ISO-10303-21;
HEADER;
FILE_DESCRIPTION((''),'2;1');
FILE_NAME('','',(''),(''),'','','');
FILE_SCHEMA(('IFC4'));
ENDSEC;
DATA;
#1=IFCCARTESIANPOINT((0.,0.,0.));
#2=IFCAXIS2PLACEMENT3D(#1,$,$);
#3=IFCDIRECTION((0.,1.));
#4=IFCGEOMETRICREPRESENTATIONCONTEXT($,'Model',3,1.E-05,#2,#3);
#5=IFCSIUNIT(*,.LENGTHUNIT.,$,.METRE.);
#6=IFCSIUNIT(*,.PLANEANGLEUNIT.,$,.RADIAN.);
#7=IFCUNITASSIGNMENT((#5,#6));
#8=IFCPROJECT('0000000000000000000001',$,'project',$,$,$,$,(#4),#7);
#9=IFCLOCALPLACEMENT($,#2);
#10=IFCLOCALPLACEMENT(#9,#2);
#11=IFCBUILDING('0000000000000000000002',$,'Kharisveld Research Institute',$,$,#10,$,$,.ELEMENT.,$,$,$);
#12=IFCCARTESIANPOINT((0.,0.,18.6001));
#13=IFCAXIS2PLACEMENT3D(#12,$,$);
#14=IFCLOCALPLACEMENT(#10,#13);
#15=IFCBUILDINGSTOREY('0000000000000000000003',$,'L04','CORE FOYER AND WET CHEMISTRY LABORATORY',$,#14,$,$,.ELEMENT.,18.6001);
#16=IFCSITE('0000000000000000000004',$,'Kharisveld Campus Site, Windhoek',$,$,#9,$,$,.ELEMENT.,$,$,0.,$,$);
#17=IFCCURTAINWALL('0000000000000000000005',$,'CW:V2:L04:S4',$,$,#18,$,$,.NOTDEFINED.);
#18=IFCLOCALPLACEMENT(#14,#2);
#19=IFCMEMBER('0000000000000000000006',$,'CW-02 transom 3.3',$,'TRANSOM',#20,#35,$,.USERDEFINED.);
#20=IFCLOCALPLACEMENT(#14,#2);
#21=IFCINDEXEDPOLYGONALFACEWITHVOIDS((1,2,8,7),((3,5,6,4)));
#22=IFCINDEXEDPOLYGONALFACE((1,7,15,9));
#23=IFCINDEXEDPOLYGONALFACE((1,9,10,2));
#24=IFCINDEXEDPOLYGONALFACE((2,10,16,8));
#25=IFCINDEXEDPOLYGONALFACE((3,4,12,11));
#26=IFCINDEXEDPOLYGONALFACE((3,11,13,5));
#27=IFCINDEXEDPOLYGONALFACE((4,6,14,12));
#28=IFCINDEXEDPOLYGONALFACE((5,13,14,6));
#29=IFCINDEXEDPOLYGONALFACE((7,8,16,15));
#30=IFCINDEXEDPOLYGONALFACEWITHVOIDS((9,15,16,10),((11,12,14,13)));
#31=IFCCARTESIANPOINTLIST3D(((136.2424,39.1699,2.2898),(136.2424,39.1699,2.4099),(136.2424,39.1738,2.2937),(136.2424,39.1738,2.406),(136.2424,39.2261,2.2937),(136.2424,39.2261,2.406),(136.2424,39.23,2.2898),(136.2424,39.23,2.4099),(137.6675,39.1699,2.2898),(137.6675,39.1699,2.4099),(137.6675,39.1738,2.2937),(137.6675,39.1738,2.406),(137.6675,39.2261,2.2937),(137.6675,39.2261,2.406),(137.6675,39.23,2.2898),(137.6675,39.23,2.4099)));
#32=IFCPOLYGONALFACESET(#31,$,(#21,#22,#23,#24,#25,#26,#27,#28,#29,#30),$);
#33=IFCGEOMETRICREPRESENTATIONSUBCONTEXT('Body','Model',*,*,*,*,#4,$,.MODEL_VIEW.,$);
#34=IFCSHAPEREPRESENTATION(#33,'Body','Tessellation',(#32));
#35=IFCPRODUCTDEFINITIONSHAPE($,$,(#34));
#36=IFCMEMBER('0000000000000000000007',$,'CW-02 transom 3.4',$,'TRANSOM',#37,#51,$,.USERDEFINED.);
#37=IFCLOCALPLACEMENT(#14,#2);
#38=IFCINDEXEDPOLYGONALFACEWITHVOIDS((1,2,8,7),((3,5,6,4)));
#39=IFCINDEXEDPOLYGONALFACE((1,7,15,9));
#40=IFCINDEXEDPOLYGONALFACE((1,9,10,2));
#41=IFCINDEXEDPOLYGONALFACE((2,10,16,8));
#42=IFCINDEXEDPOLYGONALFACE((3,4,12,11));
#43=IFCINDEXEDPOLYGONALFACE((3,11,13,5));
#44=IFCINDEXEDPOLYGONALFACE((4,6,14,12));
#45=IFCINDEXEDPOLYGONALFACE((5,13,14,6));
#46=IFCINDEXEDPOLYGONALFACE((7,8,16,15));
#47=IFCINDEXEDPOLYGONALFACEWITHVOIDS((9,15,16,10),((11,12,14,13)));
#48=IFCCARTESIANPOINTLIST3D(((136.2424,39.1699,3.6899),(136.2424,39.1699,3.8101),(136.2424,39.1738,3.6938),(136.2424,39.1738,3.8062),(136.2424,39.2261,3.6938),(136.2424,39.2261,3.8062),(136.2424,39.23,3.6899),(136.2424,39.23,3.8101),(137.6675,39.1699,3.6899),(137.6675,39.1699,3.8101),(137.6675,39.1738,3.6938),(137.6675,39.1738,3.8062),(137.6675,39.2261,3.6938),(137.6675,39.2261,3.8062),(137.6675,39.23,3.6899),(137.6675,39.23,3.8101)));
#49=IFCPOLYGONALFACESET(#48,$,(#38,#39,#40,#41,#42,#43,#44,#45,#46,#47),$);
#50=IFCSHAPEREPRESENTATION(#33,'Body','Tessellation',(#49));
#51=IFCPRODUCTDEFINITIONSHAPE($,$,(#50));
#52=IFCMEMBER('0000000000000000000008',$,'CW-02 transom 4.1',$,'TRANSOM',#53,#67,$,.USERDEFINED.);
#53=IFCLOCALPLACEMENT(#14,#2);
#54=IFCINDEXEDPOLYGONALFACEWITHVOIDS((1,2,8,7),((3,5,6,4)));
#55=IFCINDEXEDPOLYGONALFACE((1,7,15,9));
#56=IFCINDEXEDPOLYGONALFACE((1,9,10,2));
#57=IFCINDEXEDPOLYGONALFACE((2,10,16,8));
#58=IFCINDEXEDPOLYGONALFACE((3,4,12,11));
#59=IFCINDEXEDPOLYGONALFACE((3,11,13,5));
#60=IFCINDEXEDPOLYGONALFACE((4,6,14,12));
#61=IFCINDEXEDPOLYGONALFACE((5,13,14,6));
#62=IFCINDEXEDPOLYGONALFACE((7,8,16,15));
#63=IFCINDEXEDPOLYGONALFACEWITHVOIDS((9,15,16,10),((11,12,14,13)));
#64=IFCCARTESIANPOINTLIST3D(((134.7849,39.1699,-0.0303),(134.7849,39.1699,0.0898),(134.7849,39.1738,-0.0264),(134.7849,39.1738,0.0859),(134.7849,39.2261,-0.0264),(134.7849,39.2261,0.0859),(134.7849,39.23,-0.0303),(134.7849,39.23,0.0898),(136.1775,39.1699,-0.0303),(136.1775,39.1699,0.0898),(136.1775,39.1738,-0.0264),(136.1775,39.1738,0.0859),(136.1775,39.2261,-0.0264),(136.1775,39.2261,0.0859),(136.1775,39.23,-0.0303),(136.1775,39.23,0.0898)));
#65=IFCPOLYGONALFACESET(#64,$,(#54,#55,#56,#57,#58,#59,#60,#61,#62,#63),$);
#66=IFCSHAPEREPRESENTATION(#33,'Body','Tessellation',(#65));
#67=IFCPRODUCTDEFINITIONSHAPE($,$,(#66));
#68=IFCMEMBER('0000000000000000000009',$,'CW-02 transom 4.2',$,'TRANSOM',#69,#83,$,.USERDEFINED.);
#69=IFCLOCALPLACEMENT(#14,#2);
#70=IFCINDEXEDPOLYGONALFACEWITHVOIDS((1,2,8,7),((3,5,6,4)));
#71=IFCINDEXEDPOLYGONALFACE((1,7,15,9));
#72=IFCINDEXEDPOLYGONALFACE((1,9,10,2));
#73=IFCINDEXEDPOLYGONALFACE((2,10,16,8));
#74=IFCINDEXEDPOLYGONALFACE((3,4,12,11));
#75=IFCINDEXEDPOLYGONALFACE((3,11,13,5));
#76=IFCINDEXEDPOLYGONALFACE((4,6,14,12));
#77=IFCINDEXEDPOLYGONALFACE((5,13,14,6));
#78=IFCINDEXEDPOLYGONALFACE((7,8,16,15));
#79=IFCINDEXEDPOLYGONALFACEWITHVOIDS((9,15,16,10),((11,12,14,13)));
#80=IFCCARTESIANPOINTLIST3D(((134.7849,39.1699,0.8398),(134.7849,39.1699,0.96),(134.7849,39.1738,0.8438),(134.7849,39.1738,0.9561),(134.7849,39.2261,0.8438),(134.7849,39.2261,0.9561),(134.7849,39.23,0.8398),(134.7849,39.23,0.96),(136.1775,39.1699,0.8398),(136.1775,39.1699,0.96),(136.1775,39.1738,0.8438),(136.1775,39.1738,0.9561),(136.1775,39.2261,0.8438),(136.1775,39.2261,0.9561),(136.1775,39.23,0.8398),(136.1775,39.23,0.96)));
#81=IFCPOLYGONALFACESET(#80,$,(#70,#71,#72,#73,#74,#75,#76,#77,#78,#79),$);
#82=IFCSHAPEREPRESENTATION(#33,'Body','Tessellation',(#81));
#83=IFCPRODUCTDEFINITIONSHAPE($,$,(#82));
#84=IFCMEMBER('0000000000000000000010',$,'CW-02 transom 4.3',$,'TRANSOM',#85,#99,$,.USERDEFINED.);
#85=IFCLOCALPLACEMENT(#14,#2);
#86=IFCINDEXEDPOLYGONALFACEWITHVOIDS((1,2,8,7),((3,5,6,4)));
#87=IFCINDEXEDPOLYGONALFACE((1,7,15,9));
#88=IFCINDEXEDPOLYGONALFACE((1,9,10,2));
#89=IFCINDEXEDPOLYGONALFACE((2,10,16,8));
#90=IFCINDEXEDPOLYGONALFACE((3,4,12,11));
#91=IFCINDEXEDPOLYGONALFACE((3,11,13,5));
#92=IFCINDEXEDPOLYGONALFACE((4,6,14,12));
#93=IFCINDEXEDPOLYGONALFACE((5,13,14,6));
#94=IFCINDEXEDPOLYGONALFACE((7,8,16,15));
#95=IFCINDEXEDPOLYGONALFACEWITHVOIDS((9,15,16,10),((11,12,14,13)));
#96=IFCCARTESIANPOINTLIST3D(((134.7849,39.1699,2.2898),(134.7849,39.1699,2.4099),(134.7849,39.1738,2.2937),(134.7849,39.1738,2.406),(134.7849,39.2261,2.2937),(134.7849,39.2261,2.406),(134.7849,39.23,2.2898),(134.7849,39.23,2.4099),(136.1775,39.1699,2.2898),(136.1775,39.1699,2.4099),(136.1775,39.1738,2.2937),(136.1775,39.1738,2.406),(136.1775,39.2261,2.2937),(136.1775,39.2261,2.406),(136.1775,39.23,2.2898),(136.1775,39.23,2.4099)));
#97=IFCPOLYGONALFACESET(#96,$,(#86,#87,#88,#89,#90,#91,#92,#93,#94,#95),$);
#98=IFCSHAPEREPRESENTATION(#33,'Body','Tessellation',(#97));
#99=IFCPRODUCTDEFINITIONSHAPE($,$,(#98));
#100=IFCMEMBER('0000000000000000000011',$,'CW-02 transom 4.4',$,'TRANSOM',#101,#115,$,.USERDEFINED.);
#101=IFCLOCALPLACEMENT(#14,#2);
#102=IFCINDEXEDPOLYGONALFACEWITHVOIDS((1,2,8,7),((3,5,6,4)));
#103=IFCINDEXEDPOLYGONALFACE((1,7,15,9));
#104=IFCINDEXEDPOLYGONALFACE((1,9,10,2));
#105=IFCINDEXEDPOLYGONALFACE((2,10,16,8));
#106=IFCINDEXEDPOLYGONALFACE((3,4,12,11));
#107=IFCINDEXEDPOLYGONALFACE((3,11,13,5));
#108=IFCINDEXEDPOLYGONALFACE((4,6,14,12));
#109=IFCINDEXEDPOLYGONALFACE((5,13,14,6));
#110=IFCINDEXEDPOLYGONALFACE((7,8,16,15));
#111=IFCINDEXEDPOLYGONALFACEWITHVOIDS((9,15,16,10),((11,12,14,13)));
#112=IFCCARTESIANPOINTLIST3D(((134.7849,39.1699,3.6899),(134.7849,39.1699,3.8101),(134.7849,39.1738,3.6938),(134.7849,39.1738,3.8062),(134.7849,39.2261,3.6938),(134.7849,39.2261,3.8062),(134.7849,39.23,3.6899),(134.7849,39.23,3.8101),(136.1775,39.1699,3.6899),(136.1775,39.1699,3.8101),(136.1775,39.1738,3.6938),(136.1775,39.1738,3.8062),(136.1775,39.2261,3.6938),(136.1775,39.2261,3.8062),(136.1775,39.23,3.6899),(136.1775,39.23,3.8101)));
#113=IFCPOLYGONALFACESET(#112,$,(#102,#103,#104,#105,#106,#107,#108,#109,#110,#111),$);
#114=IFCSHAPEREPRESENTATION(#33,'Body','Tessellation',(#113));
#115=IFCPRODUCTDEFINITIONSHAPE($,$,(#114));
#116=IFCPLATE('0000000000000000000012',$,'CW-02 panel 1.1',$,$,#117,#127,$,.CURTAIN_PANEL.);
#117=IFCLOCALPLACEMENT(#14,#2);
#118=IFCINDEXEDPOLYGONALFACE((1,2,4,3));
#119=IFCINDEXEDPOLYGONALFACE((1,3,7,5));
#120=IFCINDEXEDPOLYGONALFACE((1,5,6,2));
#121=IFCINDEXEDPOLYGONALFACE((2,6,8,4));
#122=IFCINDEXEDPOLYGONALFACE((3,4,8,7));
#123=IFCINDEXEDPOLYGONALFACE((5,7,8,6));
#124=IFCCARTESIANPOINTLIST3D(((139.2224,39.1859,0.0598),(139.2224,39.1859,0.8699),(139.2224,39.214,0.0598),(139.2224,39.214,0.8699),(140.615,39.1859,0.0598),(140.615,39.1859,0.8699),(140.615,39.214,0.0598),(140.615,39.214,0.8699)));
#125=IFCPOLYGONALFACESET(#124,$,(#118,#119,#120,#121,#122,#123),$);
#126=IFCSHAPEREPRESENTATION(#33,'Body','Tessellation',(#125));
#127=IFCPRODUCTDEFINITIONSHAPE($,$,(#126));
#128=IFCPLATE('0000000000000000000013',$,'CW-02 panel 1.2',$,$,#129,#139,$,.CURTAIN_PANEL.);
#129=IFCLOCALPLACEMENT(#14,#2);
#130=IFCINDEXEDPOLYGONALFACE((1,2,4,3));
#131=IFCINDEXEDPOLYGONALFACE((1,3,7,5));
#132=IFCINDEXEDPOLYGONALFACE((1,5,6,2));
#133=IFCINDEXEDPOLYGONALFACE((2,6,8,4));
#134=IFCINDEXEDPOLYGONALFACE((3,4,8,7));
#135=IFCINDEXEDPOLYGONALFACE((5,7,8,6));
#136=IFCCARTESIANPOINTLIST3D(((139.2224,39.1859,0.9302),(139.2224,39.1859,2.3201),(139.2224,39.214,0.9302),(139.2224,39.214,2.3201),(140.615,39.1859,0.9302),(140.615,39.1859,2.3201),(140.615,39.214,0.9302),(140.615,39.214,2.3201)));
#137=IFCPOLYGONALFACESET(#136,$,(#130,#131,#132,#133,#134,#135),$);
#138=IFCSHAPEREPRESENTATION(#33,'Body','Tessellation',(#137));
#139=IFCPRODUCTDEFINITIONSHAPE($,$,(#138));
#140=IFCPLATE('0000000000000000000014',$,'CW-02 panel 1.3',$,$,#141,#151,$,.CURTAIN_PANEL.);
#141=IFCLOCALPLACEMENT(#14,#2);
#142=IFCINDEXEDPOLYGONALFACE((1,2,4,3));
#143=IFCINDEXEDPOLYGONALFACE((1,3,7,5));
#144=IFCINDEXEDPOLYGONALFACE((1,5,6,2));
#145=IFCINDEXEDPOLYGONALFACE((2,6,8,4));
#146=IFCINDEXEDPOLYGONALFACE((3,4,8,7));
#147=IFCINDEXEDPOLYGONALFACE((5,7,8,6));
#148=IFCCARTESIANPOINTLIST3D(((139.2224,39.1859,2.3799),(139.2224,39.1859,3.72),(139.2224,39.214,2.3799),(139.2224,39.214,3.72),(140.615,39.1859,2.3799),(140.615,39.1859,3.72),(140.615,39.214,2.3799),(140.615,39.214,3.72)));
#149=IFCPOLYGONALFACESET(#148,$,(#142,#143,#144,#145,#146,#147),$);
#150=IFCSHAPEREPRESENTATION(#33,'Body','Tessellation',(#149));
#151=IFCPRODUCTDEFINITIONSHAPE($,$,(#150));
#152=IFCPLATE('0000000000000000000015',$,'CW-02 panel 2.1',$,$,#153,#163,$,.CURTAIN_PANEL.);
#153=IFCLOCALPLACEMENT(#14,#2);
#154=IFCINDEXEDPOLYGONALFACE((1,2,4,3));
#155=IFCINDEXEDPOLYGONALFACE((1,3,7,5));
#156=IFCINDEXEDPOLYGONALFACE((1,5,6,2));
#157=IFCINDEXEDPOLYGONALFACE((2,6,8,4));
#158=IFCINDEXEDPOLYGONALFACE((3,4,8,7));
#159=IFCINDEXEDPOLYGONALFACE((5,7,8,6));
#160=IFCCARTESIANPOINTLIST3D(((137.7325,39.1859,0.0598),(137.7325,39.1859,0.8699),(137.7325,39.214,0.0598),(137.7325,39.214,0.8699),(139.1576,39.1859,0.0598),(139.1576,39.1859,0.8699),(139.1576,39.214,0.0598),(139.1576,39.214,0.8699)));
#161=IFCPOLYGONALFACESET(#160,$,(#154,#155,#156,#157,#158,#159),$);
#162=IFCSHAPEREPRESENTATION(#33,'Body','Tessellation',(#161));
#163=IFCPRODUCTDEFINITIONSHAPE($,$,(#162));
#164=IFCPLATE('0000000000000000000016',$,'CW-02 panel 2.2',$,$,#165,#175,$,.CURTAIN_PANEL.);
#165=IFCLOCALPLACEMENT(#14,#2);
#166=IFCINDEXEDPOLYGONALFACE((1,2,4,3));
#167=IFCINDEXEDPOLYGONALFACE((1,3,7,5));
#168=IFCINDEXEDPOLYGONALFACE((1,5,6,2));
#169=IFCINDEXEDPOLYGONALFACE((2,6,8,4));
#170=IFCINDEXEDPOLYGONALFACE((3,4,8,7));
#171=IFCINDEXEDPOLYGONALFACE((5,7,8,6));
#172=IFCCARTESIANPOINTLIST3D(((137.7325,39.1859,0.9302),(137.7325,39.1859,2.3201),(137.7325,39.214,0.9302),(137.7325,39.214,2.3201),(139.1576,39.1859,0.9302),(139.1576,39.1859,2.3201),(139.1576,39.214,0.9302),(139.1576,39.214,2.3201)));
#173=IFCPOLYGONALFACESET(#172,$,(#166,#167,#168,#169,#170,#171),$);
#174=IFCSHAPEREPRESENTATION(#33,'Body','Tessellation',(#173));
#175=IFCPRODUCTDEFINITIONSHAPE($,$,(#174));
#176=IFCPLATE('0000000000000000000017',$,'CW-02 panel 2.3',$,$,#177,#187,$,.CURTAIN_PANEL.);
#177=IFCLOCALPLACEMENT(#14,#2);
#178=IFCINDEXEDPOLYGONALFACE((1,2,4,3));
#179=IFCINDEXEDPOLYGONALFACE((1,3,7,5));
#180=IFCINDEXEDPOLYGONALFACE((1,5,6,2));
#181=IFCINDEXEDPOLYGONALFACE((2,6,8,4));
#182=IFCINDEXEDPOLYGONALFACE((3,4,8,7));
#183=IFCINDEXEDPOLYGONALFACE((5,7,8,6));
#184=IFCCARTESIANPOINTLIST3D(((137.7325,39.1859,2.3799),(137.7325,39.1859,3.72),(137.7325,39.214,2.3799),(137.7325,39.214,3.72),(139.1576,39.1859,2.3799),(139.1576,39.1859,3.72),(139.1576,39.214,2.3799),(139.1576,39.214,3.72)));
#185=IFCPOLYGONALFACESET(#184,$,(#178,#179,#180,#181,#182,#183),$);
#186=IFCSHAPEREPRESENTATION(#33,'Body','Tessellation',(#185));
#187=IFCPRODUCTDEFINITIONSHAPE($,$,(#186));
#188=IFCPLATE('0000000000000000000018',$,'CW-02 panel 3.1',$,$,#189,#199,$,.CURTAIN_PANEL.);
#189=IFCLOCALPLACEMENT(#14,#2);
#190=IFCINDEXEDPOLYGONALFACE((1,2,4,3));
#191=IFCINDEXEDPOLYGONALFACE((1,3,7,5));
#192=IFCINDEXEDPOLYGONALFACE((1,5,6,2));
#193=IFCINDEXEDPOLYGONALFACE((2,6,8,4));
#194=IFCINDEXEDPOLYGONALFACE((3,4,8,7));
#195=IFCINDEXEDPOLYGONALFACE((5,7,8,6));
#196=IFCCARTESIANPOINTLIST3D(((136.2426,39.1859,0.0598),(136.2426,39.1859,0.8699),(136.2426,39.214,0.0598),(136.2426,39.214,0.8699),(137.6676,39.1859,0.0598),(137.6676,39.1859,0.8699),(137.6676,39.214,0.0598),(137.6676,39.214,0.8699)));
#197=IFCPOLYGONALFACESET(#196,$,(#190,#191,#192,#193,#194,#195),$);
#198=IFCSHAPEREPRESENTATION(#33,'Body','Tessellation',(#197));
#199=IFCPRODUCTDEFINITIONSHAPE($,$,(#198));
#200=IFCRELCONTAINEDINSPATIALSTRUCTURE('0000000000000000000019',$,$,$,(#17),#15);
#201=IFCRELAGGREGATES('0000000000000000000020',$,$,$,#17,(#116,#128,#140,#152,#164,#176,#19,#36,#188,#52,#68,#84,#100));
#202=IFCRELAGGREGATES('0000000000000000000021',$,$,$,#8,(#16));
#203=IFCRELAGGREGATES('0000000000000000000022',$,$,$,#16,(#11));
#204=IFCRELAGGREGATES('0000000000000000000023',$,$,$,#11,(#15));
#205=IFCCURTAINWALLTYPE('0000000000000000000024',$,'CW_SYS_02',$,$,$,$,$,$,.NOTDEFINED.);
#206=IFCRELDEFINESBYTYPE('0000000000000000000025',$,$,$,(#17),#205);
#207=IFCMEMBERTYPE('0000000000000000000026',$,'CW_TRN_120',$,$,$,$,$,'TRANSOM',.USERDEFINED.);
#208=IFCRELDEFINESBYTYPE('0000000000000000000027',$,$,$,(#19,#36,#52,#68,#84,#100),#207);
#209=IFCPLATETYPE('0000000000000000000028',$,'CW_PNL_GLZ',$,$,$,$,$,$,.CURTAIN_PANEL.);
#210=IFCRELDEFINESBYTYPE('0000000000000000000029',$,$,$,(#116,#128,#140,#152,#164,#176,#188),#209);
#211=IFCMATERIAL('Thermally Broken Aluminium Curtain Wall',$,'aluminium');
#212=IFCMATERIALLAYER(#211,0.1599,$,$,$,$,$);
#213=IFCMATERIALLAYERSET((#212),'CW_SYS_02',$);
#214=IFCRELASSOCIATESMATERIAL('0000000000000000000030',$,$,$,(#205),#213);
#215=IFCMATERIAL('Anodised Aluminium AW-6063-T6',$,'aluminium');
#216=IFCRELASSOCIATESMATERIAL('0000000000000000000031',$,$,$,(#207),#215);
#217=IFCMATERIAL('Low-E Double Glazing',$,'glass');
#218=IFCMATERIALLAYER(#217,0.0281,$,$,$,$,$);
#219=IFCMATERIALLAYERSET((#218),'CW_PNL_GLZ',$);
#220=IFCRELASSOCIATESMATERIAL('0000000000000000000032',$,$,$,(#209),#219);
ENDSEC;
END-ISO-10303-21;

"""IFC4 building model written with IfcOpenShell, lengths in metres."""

from ifc_helpers import new_model, si_unit, direction, frame, origin, origin_2d, place, context, subcontext, project, spatial, rectangle, hollow_rectangle, extrude, material, layer, layer_set, material_profile, profile_set, type_object, element, aggregate, save


model = new_model("IFC4")

# Units and contexts
model_context = context("Model", 3, precision=1e-05, world=origin(), true_north=direction((0.0, 1.0)))
body_context = subcontext(model_context, "Body", "Model", "MODEL_VIEW")
ifc_project = project(units=[si_unit("LENGTHUNIT", "METRE"), si_unit("PLANEANGLEUNIT", "RADIAN")], contexts=[model_context])

# Site, building, storey
site_placement = place(None, origin())
site = spatial("IfcSite", under=ifc_project, at=site_placement, Name="Kharisveld Campus Site, Windhoek", CompositionType="ELEMENT", RefElevation=0.0)
building_placement = place(site_placement, origin())
building = spatial("IfcBuilding", under=site, at=building_placement, Name="Kharisveld Research Institute", CompositionType="ELEMENT")
storey_placement = place(building_placement, frame((0.0, 0.0, 18.6001)))
storey = spatial("IfcBuildingStorey", under=building, at=storey_placement, Name="L04", Description="CORE FOYER AND WET CHEMISTRY LABORATORY", CompositionType="ELEMENT", Elevation=18.6001)

# Curtain wall, members, plates
ifc_material_1 = material(Name="Thermally Broken Aluminium Curtain Wall", Category="aluminium")
ifc_layer_1 = layer(ifc_material_1, 0.1599)
ifc_layer_set_1 = layer_set([ifc_layer_1], Name="CW_SYS_02")
curtain_wall_type = type_object("IfcCurtainWallType", Name="CW_SYS_02", PredefinedType="NOTDEFINED", material=ifc_layer_set_1)
curtain_wall_placement = place(storey_placement, origin())
curtain_wall = element("IfcCurtainWall", 1, at=curtain_wall_placement, inside=storey, type_object=curtain_wall_type, Name="CW:V2:L04:S4", PredefinedType="NOTDEFINED")
ifc_material_2 = material(Name="Anodised Aluminium AW-6063-T6", Category="aluminium")
ifc_material_profile_1 = material_profile(ifc_material_2, hollow_rectangle(XDim=0.0601, YDim=0.1201, WallThickness=0.0039, at=origin_2d()))
ifc_profile_set_1 = profile_set([ifc_material_profile_1], Name="Anodised Aluminium AW-6063-T6")
member_type_1 = type_object("IfcMemberType", Name="CW_TRN_120", ElementType="TRANSOM", PredefinedType="USERDEFINED", material=ifc_profile_set_1)
member_1_placement = place(storey_placement, frame((137.6675, 39.2, 2.3499), z_axis=(-1.0, 0.0, 0.0), x_axis=(0.0, -1.0, 0.0)))
member_1 = element("IfcMember", 2, at=member_1_placement, type_object=member_type_1, Name="CW-02 transom 3.3", ObjectType="TRANSOM", PredefinedType="USERDEFINED", context=body_context, shape_type="SweptSolid", body=[
    extrude(hollow_rectangle(XDim=0.0601, YDim=0.1201, WallThickness=0.0039, at=origin_2d()), origin(), (0.0, 0.0, 1.0), 1.425),
])
member_2_placement = place(storey_placement, frame((137.6675, 39.2, 3.75), z_axis=(-1.0, 0.0, 0.0), x_axis=(0.0, -1.0, 0.0)))
member_2 = element("IfcMember", 3, at=member_2_placement, type_object=member_type_1, Name="CW-02 transom 3.4", ObjectType="TRANSOM", PredefinedType="USERDEFINED", context=body_context, shape_type="SweptSolid", body=[
    extrude(hollow_rectangle(XDim=0.0601, YDim=0.1201, WallThickness=0.0039, at=origin_2d()), origin(), (0.0, 0.0, 1.0), 1.425),
])
member_3_placement = place(storey_placement, frame((136.1775, 39.2, 0.0298), z_axis=(-1.0, 0.0, 0.0), x_axis=(0.0, -1.0, 0.0)))
member_3 = element("IfcMember", 4, at=member_3_placement, type_object=member_type_1, Name="CW-02 transom 4.1", ObjectType="TRANSOM", PredefinedType="USERDEFINED", context=body_context, shape_type="SweptSolid", body=[
    extrude(hollow_rectangle(XDim=0.0601, YDim=0.1201, WallThickness=0.0039, at=origin_2d()), origin(), (0.0, 0.0, 1.0), 1.3926),
])
member_4_placement = place(storey_placement, frame((136.1775, 39.2, 0.8999), z_axis=(-1.0, 0.0, 0.0), x_axis=(0.0, -1.0, 0.0)))
member_4 = element("IfcMember", 5, at=member_4_placement, type_object=member_type_1, Name="CW-02 transom 4.2", ObjectType="TRANSOM", PredefinedType="USERDEFINED", context=body_context, shape_type="SweptSolid", body=[
    extrude(hollow_rectangle(XDim=0.0601, YDim=0.1201, WallThickness=0.0039, at=origin_2d()), origin(), (0.0, 0.0, 1.0), 1.3926),
])
member_5_placement = place(storey_placement, frame((136.1775, 39.2, 2.3499), z_axis=(-1.0, 0.0, 0.0), x_axis=(0.0, -1.0, 0.0)))
member_5 = element("IfcMember", 6, at=member_5_placement, type_object=member_type_1, Name="CW-02 transom 4.3", ObjectType="TRANSOM", PredefinedType="USERDEFINED", context=body_context, shape_type="SweptSolid", body=[
    extrude(hollow_rectangle(XDim=0.0601, YDim=0.1201, WallThickness=0.0039, at=origin_2d()), origin(), (0.0, 0.0, 1.0), 1.3926),
])
member_6_placement = place(storey_placement, frame((136.1775, 39.2, 3.75), z_axis=(-1.0, 0.0, 0.0), x_axis=(0.0, -1.0, 0.0)))
member_6 = element("IfcMember", 7, at=member_6_placement, type_object=member_type_1, Name="CW-02 transom 4.4", ObjectType="TRANSOM", PredefinedType="USERDEFINED", context=body_context, shape_type="SweptSolid", body=[
    extrude(hollow_rectangle(XDim=0.0601, YDim=0.1201, WallThickness=0.0039, at=origin_2d()), origin(), (0.0, 0.0, 1.0), 1.3926),
])
ifc_material_3 = material(Name="Low-E Double Glazing", Category="glass")
ifc_layer_2 = layer(ifc_material_3, 0.0281)
ifc_layer_set_2 = layer_set([ifc_layer_2], Name="CW_PNL_GLZ")
plate_type = type_object("IfcPlateType", Name="CW_PNL_GLZ", PredefinedType="CURTAIN_PANEL", material=ifc_layer_set_2)
plate_1_placement = place(storey_placement, frame((139.9187, 39.2, 0.0598), z_axis=(0.0, 0.0, 1.0), x_axis=(-1.0, 0.0, 0.0)))
plate_1 = element("IfcPlate", 8, at=plate_1_placement, type_object=plate_type, Name="CW-02 panel 1.1", PredefinedType="CURTAIN_PANEL", context=body_context, shape_type="SweptSolid", body=[
    extrude(rectangle(XDim=1.3926, YDim=0.0281, at=origin_2d()), origin(), (0.0, 0.0, 1.0), 0.8101),
])
plate_2_placement = place(storey_placement, frame((139.9187, 39.2, 0.9302), z_axis=(0.0, 0.0, 1.0), x_axis=(-1.0, 0.0, 0.0)))
plate_2 = element("IfcPlate", 9, at=plate_2_placement, type_object=plate_type, Name="CW-02 panel 1.2", PredefinedType="CURTAIN_PANEL", context=body_context, shape_type="SweptSolid", body=[
    extrude(rectangle(XDim=1.3926, YDim=0.0281, at=origin_2d()), origin(), (0.0, 0.0, 1.0), 1.3899),
])
plate_3_placement = place(storey_placement, frame((139.9187, 39.2, 2.3799), z_axis=(0.0, 0.0, 1.0), x_axis=(-1.0, 0.0, 0.0)))
plate_3 = element("IfcPlate", 10, at=plate_3_placement, type_object=plate_type, Name="CW-02 panel 1.3", PredefinedType="CURTAIN_PANEL", context=body_context, shape_type="SweptSolid", body=[
    extrude(rectangle(XDim=1.3926, YDim=0.0281, at=origin_2d()), origin(), (0.0, 0.0, 1.0), 1.3401),
])
plate_4_placement = place(storey_placement, frame((138.4451, 39.2, 0.0598), z_axis=(0.0, 0.0, 1.0), x_axis=(-1.0, 0.0, 0.0)))
plate_4 = element("IfcPlate", 11, at=plate_4_placement, type_object=plate_type, Name="CW-02 panel 2.1", PredefinedType="CURTAIN_PANEL", context=body_context, shape_type="SweptSolid", body=[
    extrude(rectangle(XDim=1.425, YDim=0.0281, at=origin_2d()), origin(), (0.0, 0.0, 1.0), 0.8101),
])
plate_5_placement = place(storey_placement, frame((138.4451, 39.2, 0.9302), z_axis=(0.0, 0.0, 1.0), x_axis=(-1.0, 0.0, 0.0)))
plate_5 = element("IfcPlate", 12, at=plate_5_placement, type_object=plate_type, Name="CW-02 panel 2.2", PredefinedType="CURTAIN_PANEL", context=body_context, shape_type="SweptSolid", body=[
    extrude(rectangle(XDim=1.425, YDim=0.0281, at=origin_2d()), origin(), (0.0, 0.0, 1.0), 1.3899),
])
plate_6_placement = place(storey_placement, frame((138.4451, 39.2, 2.3799), z_axis=(0.0, 0.0, 1.0), x_axis=(-1.0, 0.0, 0.0)))
plate_6 = element("IfcPlate", 13, at=plate_6_placement, type_object=plate_type, Name="CW-02 panel 2.3", PredefinedType="CURTAIN_PANEL", context=body_context, shape_type="SweptSolid", body=[
    extrude(rectangle(XDim=1.425, YDim=0.0281, at=origin_2d()), origin(), (0.0, 0.0, 1.0), 1.3401),
])
plate_7_placement = place(storey_placement, frame((136.9551, 39.2, 0.0598), z_axis=(0.0, 0.0, 1.0), x_axis=(-1.0, 0.0, 0.0)))
plate_7 = element("IfcPlate", 14, at=plate_7_placement, type_object=plate_type, Name="CW-02 panel 3.1", PredefinedType="CURTAIN_PANEL", context=body_context, shape_type="SweptSolid", body=[
    extrude(rectangle(XDim=1.425, YDim=0.0281, at=origin_2d()), origin(), (0.0, 0.0, 1.0), 0.8101),
])
aggregate(curtain_wall, [plate_1, plate_2, plate_3, plate_4, plate_5, plate_6, member_1, member_2, plate_7, member_3, member_4, member_5, member_6])

save(model, "model.ifc")
